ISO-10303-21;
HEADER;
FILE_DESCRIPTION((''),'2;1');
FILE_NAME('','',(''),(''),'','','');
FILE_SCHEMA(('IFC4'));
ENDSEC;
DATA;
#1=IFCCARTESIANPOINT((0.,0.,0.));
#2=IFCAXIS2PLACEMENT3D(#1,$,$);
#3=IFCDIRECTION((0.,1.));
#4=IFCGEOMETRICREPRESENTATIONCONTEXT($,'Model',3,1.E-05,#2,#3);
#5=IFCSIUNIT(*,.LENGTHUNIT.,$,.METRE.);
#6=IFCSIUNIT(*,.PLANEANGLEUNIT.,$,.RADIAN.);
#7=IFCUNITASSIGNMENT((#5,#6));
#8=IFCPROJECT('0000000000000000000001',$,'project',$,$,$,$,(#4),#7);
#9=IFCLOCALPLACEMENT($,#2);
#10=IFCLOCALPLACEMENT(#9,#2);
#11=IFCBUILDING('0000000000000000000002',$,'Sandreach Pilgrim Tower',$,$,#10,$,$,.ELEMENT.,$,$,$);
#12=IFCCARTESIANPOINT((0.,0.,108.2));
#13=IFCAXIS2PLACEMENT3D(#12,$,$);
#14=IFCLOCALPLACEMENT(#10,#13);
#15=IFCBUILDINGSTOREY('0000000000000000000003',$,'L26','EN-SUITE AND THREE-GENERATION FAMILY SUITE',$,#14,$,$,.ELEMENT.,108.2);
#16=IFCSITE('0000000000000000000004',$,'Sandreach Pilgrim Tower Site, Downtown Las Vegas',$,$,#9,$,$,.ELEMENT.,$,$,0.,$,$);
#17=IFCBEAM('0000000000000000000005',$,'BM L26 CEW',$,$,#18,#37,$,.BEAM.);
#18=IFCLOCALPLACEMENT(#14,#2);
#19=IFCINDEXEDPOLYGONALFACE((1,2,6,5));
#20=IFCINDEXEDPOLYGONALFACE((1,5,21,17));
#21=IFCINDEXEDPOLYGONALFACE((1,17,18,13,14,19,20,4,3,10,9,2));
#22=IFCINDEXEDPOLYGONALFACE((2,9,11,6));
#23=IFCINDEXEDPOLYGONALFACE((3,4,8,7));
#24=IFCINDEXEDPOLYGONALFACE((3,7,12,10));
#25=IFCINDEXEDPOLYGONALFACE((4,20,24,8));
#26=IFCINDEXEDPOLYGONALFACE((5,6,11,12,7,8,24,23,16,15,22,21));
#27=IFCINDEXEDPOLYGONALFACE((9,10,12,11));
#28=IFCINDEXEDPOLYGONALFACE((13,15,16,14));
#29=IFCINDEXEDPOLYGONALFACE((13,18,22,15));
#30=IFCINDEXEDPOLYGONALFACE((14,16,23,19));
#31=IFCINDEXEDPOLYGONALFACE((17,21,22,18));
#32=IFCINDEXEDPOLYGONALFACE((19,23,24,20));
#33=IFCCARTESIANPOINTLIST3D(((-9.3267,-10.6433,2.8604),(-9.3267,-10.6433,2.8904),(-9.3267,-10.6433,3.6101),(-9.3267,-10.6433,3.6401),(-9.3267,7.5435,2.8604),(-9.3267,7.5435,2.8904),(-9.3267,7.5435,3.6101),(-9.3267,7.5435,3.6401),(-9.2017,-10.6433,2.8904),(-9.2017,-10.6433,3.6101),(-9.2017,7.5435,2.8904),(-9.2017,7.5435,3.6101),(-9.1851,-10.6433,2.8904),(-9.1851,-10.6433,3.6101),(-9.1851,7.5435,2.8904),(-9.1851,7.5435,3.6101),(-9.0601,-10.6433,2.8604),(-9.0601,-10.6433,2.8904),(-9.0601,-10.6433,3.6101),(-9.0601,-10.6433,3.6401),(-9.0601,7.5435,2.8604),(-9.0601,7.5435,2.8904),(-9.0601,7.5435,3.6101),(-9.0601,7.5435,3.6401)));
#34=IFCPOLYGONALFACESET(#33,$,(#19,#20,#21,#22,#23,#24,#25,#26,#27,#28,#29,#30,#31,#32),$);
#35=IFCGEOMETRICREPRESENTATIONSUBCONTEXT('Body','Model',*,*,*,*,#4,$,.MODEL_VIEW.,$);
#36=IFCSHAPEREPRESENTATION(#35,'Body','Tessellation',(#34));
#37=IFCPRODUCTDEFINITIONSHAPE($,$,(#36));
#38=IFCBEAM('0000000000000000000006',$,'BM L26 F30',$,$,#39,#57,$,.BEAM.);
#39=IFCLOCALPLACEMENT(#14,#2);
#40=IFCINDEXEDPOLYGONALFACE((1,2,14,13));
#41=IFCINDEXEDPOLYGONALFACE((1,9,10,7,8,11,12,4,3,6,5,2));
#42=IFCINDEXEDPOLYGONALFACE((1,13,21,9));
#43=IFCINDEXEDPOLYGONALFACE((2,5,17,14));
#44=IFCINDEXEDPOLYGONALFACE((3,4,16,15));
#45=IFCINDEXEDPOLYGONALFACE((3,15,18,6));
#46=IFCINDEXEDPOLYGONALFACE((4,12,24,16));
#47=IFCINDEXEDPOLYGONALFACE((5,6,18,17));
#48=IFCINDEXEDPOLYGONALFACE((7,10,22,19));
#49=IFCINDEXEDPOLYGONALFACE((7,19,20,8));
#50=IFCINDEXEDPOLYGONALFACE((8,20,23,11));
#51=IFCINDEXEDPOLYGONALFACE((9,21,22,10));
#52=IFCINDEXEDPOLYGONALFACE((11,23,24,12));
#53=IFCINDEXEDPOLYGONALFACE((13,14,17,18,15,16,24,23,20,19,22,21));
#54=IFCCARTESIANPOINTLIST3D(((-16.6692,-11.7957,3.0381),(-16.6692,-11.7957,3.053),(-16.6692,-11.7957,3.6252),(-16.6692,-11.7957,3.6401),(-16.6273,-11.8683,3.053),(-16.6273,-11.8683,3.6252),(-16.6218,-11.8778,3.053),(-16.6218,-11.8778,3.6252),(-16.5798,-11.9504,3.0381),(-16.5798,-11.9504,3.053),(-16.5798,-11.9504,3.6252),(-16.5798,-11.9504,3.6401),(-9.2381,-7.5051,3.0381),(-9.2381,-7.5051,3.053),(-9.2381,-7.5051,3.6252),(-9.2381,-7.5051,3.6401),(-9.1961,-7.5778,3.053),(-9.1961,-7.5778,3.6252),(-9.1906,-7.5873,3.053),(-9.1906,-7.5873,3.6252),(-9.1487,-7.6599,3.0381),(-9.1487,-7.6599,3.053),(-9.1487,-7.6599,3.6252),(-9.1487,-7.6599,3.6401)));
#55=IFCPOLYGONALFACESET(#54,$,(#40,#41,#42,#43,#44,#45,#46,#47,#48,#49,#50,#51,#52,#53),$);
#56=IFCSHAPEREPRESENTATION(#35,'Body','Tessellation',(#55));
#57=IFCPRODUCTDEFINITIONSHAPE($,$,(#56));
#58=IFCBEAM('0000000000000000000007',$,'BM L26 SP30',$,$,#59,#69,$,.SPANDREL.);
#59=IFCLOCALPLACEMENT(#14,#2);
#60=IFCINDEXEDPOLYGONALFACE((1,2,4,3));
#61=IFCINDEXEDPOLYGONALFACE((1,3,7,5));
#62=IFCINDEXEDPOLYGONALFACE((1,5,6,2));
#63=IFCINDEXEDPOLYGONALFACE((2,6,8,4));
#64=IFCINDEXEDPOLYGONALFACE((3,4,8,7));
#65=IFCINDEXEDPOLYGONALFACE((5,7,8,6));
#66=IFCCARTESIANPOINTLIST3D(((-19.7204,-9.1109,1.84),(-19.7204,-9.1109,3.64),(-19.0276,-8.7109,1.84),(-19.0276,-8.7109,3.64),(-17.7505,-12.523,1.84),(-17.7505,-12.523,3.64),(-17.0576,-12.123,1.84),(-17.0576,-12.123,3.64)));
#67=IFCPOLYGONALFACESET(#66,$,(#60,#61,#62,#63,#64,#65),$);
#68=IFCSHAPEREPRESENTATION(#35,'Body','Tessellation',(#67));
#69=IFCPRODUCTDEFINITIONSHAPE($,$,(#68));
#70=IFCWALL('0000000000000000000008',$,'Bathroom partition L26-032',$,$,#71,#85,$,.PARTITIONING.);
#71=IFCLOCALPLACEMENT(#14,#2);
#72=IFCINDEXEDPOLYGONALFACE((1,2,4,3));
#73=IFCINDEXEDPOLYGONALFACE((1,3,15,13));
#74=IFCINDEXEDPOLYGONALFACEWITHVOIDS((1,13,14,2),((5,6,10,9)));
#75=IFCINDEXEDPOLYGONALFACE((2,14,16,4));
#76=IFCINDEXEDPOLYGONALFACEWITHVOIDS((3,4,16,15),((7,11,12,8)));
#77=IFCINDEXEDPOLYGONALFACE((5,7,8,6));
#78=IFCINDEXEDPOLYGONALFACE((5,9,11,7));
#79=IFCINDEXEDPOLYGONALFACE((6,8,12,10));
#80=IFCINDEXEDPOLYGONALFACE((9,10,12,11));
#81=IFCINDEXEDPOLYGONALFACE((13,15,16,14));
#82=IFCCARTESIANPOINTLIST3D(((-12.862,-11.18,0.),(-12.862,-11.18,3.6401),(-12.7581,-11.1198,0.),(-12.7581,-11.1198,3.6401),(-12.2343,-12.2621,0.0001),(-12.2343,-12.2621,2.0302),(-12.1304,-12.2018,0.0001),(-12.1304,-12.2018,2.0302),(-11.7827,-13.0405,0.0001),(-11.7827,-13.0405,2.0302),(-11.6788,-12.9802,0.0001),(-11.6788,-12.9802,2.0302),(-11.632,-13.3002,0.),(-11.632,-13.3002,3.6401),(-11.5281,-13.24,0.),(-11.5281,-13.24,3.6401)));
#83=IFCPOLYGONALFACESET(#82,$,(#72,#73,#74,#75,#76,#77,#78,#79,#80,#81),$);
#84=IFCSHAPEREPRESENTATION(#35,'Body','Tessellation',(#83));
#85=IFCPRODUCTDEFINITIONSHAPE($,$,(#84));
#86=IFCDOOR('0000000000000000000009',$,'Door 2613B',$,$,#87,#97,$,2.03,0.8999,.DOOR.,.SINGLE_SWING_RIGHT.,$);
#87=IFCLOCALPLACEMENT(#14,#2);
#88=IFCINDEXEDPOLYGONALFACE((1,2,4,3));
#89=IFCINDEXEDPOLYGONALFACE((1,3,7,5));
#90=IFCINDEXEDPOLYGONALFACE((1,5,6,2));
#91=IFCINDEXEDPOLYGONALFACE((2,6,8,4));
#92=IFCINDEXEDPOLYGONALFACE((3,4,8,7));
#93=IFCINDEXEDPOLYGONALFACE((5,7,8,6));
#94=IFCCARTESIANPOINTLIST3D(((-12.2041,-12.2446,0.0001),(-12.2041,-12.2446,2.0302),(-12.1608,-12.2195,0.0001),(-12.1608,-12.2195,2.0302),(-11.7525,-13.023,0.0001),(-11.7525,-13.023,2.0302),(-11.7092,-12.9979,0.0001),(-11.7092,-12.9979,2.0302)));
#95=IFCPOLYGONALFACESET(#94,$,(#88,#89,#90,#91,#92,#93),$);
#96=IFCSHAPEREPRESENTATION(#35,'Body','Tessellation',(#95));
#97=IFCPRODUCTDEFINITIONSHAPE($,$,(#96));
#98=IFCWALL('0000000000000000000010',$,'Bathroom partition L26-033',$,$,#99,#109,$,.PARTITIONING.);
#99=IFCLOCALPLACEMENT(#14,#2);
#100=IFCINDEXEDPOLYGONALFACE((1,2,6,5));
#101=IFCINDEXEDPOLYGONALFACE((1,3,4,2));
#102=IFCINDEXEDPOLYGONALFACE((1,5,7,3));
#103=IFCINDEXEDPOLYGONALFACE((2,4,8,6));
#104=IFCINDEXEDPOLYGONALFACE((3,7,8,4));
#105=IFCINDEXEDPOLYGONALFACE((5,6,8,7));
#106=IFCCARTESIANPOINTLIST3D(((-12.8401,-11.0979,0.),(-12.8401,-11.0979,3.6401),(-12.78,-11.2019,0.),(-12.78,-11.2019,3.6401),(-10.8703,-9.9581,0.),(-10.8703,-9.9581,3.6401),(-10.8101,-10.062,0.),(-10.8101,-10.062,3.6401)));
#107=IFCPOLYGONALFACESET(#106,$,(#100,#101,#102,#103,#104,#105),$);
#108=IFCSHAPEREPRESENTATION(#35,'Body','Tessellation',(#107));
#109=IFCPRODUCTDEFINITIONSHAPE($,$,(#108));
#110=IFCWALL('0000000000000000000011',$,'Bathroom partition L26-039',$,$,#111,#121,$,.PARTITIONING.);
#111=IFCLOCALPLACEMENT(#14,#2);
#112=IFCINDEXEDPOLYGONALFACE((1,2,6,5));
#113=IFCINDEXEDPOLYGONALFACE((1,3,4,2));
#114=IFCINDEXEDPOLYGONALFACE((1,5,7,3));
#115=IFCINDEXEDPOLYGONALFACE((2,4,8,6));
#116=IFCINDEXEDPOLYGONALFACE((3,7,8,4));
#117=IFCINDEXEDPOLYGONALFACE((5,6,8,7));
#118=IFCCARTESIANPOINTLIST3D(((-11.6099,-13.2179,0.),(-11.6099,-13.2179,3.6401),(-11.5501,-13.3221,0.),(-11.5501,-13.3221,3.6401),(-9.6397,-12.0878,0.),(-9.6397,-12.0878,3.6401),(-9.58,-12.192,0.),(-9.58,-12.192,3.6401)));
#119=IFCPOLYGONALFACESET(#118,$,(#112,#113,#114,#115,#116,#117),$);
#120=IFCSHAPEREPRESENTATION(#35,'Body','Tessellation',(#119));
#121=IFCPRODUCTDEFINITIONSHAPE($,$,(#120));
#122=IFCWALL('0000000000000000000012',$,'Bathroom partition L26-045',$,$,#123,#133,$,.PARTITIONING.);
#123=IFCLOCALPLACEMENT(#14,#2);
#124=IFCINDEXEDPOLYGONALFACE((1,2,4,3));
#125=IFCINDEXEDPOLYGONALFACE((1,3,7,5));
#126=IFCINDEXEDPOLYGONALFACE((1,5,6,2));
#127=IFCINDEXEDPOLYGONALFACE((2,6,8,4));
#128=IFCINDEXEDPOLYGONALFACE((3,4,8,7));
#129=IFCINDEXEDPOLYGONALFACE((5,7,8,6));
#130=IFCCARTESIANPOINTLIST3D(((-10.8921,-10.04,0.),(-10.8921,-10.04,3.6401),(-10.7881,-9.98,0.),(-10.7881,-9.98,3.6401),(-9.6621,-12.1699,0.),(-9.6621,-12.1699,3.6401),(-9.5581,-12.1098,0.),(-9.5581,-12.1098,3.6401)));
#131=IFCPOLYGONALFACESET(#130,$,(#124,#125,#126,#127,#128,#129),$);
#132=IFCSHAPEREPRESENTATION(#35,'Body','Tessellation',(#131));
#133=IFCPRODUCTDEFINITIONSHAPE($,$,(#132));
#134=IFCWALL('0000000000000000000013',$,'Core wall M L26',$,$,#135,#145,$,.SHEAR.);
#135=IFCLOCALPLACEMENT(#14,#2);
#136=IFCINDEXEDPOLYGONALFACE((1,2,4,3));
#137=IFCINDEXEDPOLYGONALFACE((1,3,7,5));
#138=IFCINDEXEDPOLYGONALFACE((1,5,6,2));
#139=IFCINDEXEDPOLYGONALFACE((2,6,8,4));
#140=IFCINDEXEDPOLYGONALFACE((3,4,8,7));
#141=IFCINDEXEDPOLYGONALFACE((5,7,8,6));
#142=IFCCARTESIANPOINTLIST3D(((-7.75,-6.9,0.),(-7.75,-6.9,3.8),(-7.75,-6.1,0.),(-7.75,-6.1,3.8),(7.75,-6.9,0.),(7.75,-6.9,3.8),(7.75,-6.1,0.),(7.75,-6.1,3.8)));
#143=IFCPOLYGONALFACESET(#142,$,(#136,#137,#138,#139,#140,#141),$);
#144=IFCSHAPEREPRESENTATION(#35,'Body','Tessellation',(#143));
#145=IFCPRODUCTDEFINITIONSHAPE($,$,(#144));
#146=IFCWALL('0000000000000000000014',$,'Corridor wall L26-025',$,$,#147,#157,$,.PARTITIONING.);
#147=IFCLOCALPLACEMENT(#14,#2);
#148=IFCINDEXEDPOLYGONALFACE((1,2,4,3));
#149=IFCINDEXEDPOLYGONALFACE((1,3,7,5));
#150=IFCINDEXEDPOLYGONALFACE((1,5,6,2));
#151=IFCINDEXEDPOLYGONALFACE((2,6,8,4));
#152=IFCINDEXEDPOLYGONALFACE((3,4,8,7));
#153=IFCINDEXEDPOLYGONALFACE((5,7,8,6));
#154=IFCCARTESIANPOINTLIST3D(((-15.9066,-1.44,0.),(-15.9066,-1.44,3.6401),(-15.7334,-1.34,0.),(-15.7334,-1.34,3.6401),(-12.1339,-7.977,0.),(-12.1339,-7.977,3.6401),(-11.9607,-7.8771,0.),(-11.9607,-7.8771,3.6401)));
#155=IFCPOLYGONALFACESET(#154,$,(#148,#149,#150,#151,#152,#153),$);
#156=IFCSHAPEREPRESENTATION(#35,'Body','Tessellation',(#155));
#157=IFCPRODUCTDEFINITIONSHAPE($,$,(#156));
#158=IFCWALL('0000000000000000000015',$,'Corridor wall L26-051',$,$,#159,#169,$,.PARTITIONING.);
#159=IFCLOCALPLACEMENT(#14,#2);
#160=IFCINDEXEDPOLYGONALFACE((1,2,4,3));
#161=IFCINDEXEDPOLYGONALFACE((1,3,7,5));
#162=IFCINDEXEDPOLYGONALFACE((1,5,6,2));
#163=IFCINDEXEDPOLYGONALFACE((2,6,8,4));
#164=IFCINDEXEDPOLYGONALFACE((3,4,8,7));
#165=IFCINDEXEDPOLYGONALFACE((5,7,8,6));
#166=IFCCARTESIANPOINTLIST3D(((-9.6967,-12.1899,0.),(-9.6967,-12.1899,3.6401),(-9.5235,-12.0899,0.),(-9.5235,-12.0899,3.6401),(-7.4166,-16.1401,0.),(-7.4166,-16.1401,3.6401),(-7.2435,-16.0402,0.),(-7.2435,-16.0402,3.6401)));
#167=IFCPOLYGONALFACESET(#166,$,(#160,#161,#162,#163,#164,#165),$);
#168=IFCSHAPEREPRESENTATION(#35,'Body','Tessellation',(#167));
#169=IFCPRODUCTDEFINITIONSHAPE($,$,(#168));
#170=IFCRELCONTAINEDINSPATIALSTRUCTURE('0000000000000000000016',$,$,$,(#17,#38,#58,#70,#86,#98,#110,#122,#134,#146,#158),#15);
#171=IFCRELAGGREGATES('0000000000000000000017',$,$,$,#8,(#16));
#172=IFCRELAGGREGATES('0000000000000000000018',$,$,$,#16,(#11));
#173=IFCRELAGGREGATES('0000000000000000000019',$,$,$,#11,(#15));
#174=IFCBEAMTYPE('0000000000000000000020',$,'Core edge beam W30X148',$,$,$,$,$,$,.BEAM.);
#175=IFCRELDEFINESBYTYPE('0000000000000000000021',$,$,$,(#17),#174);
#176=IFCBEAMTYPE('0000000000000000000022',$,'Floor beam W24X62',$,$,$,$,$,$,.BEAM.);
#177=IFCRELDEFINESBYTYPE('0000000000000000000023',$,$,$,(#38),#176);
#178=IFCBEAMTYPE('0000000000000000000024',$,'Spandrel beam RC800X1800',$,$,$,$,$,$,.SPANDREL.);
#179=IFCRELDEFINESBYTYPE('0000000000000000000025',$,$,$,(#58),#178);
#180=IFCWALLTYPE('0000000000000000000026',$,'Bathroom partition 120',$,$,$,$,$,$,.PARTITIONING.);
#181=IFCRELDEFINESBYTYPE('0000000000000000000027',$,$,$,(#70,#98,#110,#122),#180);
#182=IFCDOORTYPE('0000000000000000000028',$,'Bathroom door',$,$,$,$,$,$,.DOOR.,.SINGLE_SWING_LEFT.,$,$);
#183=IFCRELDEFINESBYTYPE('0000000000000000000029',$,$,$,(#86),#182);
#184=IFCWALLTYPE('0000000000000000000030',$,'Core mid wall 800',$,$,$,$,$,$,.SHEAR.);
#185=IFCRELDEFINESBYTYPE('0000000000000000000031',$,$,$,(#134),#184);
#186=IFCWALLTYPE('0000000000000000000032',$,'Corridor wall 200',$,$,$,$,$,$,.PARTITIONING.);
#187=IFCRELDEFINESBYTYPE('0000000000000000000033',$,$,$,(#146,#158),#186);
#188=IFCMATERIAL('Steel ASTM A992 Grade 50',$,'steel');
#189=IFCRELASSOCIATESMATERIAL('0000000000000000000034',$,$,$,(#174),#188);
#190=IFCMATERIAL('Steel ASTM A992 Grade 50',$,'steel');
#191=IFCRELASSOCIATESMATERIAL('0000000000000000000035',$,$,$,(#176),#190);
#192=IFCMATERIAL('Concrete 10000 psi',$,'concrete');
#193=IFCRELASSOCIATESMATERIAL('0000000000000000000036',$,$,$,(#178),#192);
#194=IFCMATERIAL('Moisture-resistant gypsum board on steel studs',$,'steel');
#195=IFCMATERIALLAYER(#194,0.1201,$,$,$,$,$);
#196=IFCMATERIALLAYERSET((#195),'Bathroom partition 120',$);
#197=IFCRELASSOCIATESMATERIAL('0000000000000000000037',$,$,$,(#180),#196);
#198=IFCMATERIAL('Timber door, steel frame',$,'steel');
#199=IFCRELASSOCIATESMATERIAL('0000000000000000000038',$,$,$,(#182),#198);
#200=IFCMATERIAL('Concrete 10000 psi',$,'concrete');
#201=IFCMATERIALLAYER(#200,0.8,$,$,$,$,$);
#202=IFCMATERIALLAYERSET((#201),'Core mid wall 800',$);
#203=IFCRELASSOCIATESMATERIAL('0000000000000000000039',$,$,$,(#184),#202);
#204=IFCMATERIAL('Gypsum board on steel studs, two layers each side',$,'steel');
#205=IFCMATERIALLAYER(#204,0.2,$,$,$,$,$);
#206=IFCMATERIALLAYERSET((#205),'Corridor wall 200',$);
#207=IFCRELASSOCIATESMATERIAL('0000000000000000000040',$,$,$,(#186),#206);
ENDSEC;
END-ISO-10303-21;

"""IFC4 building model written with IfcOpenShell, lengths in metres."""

from ifc_helpers import new_model, si_unit, direction, frame, frame_2d, origin, origin_2d, place, context, subcontext, project, spatial, rectangle, i_section, extrude, material, layer, layer_set, material_profile, profile_set, type_object, element, fill, save


model = new_model("IFC4")

# Units and contexts
model_context = context("Model", 3, precision=1e-05, world=origin(), true_north=direction((0.0, 1.0)))
body_context = subcontext(model_context, "Body", "Model", "MODEL_VIEW")
ifc_project = project(units=[si_unit("LENGTHUNIT", "METRE"), si_unit("PLANEANGLEUNIT", "RADIAN")], contexts=[model_context])

# Site, building, storey
site_placement = place(None, origin())
site = spatial("IfcSite", under=ifc_project, at=site_placement, Name="Sandreach Pilgrim Tower Site, Downtown Las Vegas", CompositionType="ELEMENT", RefElevation=0.0)
building_placement = place(site_placement, origin())
building = spatial("IfcBuilding", under=site, at=building_placement, Name="Sandreach Pilgrim Tower", CompositionType="ELEMENT")
storey_placement = place(building_placement, frame((0.0, 0.0, 108.2)))
storey = spatial("IfcBuildingStorey", under=building, at=storey_placement, Name="L26", Description="EN-SUITE AND THREE-GENERATION FAMILY SUITE", CompositionType="ELEMENT", Elevation=108.2)

# Beams
ifc_material_1 = material(Name="Steel ASTM A992 Grade 50", Category="steel")
ifc_material_profile_1 = material_profile(ifc_material_1, i_section(OverallWidth=0.2666, OverallDepth=0.7798, WebThickness=0.0166, FlangeThickness=0.03, at=origin_2d()), Name="W30X148")
ifc_profile_set_1 = profile_set([ifc_material_profile_1], Name="Steel ASTM A992 Grade 50")
beam_type_1 = type_object("IfcBeamType", Name="Core edge beam W30X148", PredefinedType="BEAM", material=ifc_profile_set_1)
beam_1_placement = place(storey_placement, frame((-9.1934, -10.6433, 3.2502), z_axis=(0.0, 1.0, 0.0), x_axis=(-1.0, 0.0, 0.0)))
element("IfcBeam", 1, at=beam_1_placement, inside=storey, type_object=beam_type_1, Name="BM L26 CEW", PredefinedType="BEAM", context=body_context, shape_type="SweptSolid", body=[
    extrude(i_section(OverallWidth=0.2666, OverallDepth=0.7798, WebThickness=0.0166, FlangeThickness=0.03, at=origin_2d()), origin(), (0.0, 0.0, 1.0), 18.1868),
])
ifc_material_2 = material(Name="Steel ASTM A992 Grade 50", Category="steel")
ifc_material_profile_2 = material_profile(ifc_material_2, i_section(OverallWidth=0.1787, OverallDepth=0.6021, WebThickness=0.011, FlangeThickness=0.0149, at=origin_2d()), Name="W24X62")
ifc_profile_set_2 = profile_set([ifc_material_profile_2], Name="Steel ASTM A992 Grade 50")
beam_type_2 = type_object("IfcBeamType", Name="Floor beam W24X62", PredefinedType="BEAM", material=ifc_profile_set_2)
beam_2_placement = place(storey_placement, frame((-16.6245, -11.873, 3.3391), z_axis=(0.866018, 0.500013, 0.0), x_axis=(-0.500013, 0.866018, 0.0)))
element("IfcBeam", 2, at=beam_2_placement, inside=storey, type_object=beam_type_2, Name="BM L26 F30", PredefinedType="BEAM", context=body_context, shape_type="SweptSolid", body=[
    extrude(i_section(OverallWidth=0.1787, OverallDepth=0.6021, WebThickness=0.011, FlangeThickness=0.0149, at=origin_2d()), origin(), (0.0, 0.0, 1.0), 8.5808),
])
ifc_material_3 = material(Name="Concrete 10000 psi", Category="concrete")
ifc_material_profile_3 = material_profile(ifc_material_3, rectangle(XDim=0.8, YDim=1.8, at=origin_2d()), Name="RC800X1800")
ifc_profile_set_3 = profile_set([ifc_material_profile_3], Name="Concrete 10000 psi")
beam_type_3 = type_object("IfcBeamType", Name="Spandrel beam RC800X1800", PredefinedType="SPANDREL", material=ifc_profile_set_3)
beam_3_placement = place(storey_placement, frame((-17.4041, -12.323, 2.74), z_axis=(-0.499998, 0.866027, 0.0), x_axis=(-0.866027, -0.499998, 0.0)))
element("IfcBeam", 3, at=beam_3_placement, inside=storey, type_object=beam_type_3, Name="BM L26 SP30", PredefinedType="SPANDREL", context=body_context, shape_type="SweptSolid", body=[
    extrude(rectangle(XDim=0.8, YDim=1.8, at=origin_2d()), origin(), (0.0, 0.0, 1.0), 3.9399),
])

# Wall, opening, door
ifc_material_4 = material(Name="Moisture-resistant gypsum board on steel studs", Category="steel")
ifc_layer_1 = layer(ifc_material_4, 0.1201)
ifc_layer_set_1 = layer_set([ifc_layer_1], Name="Bathroom partition 120")
wall_type_1 = type_object("IfcWallType", Name="Bathroom partition 120", PredefinedType="PARTITIONING", material=ifc_layer_set_1)
wall_1_placement = place(storey_placement, frame((-12.8101, -11.1499, 0.0), z_axis=(0.0, 0.0, 1.0), x_axis=(0.501813, -0.864976, 0.0)))
wall_1 = element("IfcWall", 4, at=wall_1_placement, inside=storey, type_object=wall_type_1, Name="Bathroom partition L26-032", PredefinedType="PARTITIONING", context=body_context, shape_type="SweptSolid", body=[
    extrude(rectangle(XDim=2.4512, YDim=0.1201, at=frame_2d((1.2256, 0.0))), origin(), (0.0, 0.0, 1.0), 3.6401),
])
opening_1_placement = place(wall_1_placement, frame((1.251, 0.0, 0.0)))
opening_1 = element("IfcOpeningElement", 5, at=opening_1_placement, cuts=wall_1, PredefinedType="OPENING", context=body_context, shape_type="SweptSolid", body=[
    extrude(rectangle(XDim=0.8999, YDim=2.03, at=frame_2d((0.45, 1.0151))), frame((0.0, 0.0601, 0.0), z_axis=(0.0, -1.0, 0.0), x_axis=(1.0, 0.0, 0.0)), (0.0, 0.0, 1.0), 0.1201),
])
ifc_material_5 = material(Name="Timber door, steel frame", Category="steel")
door_type_1 = type_object("IfcDoorType", Name="Bathroom door", OperationType="SINGLE_SWING_LEFT", PredefinedType="DOOR", material=ifc_material_5)
door_1_placement = place(opening_1_placement, origin())
door_1 = element("IfcDoor", 6, at=door_1_placement, inside=storey, type_object=door_type_1, Name="Door 2613B", OperationType="SINGLE_SWING_RIGHT", OverallHeight=2.03, OverallWidth=0.8999, PredefinedType="DOOR", context=body_context, shape_type="SweptSolid", body=[
    extrude(rectangle(XDim=0.8999, YDim=2.03, at=frame_2d((0.45, 1.0151))), frame((0.0, 0.0249, 0.0), z_axis=(0.0, -1.0, 0.0), x_axis=(1.0, 0.0, 0.0)), (0.0, 0.0, 1.0), 0.05),
])
fill(opening_1, door_1)

# Walls
wall_2_placement = place(storey_placement, frame((-12.8101, -11.1499, 0.0), z_axis=(0.0, 0.0, 1.0), x_axis=(0.865544, 0.500833, 0.0)))
element("IfcWall", 7, at=wall_2_placement, inside=storey, type_object=wall_type_1, Name="Bathroom partition L26-033", PredefinedType="PARTITIONING", context=body_context, shape_type="SweptSolid", body=[
    extrude(rectangle(XDim=2.2759, YDim=0.1201, at=frame_2d((1.1379, 0.0))), origin(), (0.0, 0.0, 1.0), 3.6401),
])
wall_3_placement = place(storey_placement, frame((-11.5801, -13.27, 0.0), z_axis=(0.0, 0.0, 1.0), x_axis=(0.867428, 0.497562, 0.0)))
element("IfcWall", 8, at=wall_3_placement, inside=storey, type_object=wall_type_1, Name="Bathroom partition L26-039", PredefinedType="PARTITIONING", context=body_context, shape_type="SweptSolid", body=[
    extrude(rectangle(XDim=2.2712, YDim=0.1201, at=frame_2d((1.1357, 0.0))), origin(), (0.0, 0.0, 1.0), 3.6401),
])
wall_4_placement = place(storey_placement, frame((-10.8401, -10.01, 0.0), z_axis=(0.0, 0.0, 1.0), x_axis=(0.500089, -0.865974, 0.0)))
element("IfcWall", 9, at=wall_4_placement, inside=storey, type_object=wall_type_1, Name="Bathroom partition L26-045", PredefinedType="PARTITIONING", context=body_context, shape_type="SweptSolid", body=[
    extrude(rectangle(XDim=2.4595, YDim=0.1201, at=frame_2d((1.2297, 0.0))), origin(), (0.0, 0.0, 1.0), 3.6401),
])
ifc_material_6 = material(Name="Concrete 10000 psi", Category="concrete")
ifc_layer_2 = layer(ifc_material_6, 0.8)
ifc_layer_set_2 = layer_set([ifc_layer_2], Name="Core mid wall 800")
wall_type_2 = type_object("IfcWallType", Name="Core mid wall 800", PredefinedType="SHEAR", material=ifc_layer_set_2)
wall_5_placement = place(storey_placement, frame((-7.75, -6.5, 0.0), z_axis=(0.0, 0.0, 1.0), x_axis=(1.0, 0.0, 0.0)))
element("IfcWall", 10, at=wall_5_placement, inside=storey, type_object=wall_type_2, Name="Core wall M L26", PredefinedType="SHEAR", context=body_context, shape_type="SweptSolid", body=[
    extrude(rectangle(XDim=15.5, YDim=0.8, at=frame_2d((7.75, 0.0))), origin(), (0.0, 0.0, 1.0), 3.8),
])

# Wall
ifc_material_7 = material(Name="Gypsum board on steel studs, two layers each side", Category="steel")
ifc_layer_3 = layer(ifc_material_7, 0.2)
ifc_layer_set_3 = layer_set([ifc_layer_3], Name="Corridor wall 200")
wall_type_3 = type_object("IfcWallType", Name="Corridor wall 200", PredefinedType="PARTITIONING", material=ifc_layer_set_3)
wall_6_placement = place(storey_placement, frame((-15.8201, -1.3899, 0.0), z_axis=(0.0, 0.0, 1.0), x_axis=(0.499851, -0.866111, 0.0)))
element("IfcWall", 11, at=wall_6_placement, inside=storey, type_object=wall_type_3, Name="Corridor wall L26-025", PredefinedType="PARTITIONING", context=body_context, shape_type="SweptSolid", body=[
    extrude(rectangle(XDim=7.5476, YDim=0.2, at=frame_2d((3.7739, 0.0))), origin(), (0.0, 0.0, 1.0), 3.6401),
])

# Wall
wall_7_placement = place(storey_placement, frame((-9.6101, -12.1399, 0.0), z_axis=(0.0, 0.0, 1.0), x_axis=(0.499899, -0.866084, 0.0)))
element("IfcWall", 12, at=wall_7_placement, inside=storey, type_object=wall_type_3, Name="Corridor wall L26-051", PredefinedType="PARTITIONING", context=body_context, shape_type="SweptSolid", body=[
    extrude(rectangle(XDim=4.561, YDim=0.2, at=frame_2d((2.2805, 0.0))), origin(), (0.0, 0.0, 1.0), 3.6401),
])

save(model, "model.ifc")
